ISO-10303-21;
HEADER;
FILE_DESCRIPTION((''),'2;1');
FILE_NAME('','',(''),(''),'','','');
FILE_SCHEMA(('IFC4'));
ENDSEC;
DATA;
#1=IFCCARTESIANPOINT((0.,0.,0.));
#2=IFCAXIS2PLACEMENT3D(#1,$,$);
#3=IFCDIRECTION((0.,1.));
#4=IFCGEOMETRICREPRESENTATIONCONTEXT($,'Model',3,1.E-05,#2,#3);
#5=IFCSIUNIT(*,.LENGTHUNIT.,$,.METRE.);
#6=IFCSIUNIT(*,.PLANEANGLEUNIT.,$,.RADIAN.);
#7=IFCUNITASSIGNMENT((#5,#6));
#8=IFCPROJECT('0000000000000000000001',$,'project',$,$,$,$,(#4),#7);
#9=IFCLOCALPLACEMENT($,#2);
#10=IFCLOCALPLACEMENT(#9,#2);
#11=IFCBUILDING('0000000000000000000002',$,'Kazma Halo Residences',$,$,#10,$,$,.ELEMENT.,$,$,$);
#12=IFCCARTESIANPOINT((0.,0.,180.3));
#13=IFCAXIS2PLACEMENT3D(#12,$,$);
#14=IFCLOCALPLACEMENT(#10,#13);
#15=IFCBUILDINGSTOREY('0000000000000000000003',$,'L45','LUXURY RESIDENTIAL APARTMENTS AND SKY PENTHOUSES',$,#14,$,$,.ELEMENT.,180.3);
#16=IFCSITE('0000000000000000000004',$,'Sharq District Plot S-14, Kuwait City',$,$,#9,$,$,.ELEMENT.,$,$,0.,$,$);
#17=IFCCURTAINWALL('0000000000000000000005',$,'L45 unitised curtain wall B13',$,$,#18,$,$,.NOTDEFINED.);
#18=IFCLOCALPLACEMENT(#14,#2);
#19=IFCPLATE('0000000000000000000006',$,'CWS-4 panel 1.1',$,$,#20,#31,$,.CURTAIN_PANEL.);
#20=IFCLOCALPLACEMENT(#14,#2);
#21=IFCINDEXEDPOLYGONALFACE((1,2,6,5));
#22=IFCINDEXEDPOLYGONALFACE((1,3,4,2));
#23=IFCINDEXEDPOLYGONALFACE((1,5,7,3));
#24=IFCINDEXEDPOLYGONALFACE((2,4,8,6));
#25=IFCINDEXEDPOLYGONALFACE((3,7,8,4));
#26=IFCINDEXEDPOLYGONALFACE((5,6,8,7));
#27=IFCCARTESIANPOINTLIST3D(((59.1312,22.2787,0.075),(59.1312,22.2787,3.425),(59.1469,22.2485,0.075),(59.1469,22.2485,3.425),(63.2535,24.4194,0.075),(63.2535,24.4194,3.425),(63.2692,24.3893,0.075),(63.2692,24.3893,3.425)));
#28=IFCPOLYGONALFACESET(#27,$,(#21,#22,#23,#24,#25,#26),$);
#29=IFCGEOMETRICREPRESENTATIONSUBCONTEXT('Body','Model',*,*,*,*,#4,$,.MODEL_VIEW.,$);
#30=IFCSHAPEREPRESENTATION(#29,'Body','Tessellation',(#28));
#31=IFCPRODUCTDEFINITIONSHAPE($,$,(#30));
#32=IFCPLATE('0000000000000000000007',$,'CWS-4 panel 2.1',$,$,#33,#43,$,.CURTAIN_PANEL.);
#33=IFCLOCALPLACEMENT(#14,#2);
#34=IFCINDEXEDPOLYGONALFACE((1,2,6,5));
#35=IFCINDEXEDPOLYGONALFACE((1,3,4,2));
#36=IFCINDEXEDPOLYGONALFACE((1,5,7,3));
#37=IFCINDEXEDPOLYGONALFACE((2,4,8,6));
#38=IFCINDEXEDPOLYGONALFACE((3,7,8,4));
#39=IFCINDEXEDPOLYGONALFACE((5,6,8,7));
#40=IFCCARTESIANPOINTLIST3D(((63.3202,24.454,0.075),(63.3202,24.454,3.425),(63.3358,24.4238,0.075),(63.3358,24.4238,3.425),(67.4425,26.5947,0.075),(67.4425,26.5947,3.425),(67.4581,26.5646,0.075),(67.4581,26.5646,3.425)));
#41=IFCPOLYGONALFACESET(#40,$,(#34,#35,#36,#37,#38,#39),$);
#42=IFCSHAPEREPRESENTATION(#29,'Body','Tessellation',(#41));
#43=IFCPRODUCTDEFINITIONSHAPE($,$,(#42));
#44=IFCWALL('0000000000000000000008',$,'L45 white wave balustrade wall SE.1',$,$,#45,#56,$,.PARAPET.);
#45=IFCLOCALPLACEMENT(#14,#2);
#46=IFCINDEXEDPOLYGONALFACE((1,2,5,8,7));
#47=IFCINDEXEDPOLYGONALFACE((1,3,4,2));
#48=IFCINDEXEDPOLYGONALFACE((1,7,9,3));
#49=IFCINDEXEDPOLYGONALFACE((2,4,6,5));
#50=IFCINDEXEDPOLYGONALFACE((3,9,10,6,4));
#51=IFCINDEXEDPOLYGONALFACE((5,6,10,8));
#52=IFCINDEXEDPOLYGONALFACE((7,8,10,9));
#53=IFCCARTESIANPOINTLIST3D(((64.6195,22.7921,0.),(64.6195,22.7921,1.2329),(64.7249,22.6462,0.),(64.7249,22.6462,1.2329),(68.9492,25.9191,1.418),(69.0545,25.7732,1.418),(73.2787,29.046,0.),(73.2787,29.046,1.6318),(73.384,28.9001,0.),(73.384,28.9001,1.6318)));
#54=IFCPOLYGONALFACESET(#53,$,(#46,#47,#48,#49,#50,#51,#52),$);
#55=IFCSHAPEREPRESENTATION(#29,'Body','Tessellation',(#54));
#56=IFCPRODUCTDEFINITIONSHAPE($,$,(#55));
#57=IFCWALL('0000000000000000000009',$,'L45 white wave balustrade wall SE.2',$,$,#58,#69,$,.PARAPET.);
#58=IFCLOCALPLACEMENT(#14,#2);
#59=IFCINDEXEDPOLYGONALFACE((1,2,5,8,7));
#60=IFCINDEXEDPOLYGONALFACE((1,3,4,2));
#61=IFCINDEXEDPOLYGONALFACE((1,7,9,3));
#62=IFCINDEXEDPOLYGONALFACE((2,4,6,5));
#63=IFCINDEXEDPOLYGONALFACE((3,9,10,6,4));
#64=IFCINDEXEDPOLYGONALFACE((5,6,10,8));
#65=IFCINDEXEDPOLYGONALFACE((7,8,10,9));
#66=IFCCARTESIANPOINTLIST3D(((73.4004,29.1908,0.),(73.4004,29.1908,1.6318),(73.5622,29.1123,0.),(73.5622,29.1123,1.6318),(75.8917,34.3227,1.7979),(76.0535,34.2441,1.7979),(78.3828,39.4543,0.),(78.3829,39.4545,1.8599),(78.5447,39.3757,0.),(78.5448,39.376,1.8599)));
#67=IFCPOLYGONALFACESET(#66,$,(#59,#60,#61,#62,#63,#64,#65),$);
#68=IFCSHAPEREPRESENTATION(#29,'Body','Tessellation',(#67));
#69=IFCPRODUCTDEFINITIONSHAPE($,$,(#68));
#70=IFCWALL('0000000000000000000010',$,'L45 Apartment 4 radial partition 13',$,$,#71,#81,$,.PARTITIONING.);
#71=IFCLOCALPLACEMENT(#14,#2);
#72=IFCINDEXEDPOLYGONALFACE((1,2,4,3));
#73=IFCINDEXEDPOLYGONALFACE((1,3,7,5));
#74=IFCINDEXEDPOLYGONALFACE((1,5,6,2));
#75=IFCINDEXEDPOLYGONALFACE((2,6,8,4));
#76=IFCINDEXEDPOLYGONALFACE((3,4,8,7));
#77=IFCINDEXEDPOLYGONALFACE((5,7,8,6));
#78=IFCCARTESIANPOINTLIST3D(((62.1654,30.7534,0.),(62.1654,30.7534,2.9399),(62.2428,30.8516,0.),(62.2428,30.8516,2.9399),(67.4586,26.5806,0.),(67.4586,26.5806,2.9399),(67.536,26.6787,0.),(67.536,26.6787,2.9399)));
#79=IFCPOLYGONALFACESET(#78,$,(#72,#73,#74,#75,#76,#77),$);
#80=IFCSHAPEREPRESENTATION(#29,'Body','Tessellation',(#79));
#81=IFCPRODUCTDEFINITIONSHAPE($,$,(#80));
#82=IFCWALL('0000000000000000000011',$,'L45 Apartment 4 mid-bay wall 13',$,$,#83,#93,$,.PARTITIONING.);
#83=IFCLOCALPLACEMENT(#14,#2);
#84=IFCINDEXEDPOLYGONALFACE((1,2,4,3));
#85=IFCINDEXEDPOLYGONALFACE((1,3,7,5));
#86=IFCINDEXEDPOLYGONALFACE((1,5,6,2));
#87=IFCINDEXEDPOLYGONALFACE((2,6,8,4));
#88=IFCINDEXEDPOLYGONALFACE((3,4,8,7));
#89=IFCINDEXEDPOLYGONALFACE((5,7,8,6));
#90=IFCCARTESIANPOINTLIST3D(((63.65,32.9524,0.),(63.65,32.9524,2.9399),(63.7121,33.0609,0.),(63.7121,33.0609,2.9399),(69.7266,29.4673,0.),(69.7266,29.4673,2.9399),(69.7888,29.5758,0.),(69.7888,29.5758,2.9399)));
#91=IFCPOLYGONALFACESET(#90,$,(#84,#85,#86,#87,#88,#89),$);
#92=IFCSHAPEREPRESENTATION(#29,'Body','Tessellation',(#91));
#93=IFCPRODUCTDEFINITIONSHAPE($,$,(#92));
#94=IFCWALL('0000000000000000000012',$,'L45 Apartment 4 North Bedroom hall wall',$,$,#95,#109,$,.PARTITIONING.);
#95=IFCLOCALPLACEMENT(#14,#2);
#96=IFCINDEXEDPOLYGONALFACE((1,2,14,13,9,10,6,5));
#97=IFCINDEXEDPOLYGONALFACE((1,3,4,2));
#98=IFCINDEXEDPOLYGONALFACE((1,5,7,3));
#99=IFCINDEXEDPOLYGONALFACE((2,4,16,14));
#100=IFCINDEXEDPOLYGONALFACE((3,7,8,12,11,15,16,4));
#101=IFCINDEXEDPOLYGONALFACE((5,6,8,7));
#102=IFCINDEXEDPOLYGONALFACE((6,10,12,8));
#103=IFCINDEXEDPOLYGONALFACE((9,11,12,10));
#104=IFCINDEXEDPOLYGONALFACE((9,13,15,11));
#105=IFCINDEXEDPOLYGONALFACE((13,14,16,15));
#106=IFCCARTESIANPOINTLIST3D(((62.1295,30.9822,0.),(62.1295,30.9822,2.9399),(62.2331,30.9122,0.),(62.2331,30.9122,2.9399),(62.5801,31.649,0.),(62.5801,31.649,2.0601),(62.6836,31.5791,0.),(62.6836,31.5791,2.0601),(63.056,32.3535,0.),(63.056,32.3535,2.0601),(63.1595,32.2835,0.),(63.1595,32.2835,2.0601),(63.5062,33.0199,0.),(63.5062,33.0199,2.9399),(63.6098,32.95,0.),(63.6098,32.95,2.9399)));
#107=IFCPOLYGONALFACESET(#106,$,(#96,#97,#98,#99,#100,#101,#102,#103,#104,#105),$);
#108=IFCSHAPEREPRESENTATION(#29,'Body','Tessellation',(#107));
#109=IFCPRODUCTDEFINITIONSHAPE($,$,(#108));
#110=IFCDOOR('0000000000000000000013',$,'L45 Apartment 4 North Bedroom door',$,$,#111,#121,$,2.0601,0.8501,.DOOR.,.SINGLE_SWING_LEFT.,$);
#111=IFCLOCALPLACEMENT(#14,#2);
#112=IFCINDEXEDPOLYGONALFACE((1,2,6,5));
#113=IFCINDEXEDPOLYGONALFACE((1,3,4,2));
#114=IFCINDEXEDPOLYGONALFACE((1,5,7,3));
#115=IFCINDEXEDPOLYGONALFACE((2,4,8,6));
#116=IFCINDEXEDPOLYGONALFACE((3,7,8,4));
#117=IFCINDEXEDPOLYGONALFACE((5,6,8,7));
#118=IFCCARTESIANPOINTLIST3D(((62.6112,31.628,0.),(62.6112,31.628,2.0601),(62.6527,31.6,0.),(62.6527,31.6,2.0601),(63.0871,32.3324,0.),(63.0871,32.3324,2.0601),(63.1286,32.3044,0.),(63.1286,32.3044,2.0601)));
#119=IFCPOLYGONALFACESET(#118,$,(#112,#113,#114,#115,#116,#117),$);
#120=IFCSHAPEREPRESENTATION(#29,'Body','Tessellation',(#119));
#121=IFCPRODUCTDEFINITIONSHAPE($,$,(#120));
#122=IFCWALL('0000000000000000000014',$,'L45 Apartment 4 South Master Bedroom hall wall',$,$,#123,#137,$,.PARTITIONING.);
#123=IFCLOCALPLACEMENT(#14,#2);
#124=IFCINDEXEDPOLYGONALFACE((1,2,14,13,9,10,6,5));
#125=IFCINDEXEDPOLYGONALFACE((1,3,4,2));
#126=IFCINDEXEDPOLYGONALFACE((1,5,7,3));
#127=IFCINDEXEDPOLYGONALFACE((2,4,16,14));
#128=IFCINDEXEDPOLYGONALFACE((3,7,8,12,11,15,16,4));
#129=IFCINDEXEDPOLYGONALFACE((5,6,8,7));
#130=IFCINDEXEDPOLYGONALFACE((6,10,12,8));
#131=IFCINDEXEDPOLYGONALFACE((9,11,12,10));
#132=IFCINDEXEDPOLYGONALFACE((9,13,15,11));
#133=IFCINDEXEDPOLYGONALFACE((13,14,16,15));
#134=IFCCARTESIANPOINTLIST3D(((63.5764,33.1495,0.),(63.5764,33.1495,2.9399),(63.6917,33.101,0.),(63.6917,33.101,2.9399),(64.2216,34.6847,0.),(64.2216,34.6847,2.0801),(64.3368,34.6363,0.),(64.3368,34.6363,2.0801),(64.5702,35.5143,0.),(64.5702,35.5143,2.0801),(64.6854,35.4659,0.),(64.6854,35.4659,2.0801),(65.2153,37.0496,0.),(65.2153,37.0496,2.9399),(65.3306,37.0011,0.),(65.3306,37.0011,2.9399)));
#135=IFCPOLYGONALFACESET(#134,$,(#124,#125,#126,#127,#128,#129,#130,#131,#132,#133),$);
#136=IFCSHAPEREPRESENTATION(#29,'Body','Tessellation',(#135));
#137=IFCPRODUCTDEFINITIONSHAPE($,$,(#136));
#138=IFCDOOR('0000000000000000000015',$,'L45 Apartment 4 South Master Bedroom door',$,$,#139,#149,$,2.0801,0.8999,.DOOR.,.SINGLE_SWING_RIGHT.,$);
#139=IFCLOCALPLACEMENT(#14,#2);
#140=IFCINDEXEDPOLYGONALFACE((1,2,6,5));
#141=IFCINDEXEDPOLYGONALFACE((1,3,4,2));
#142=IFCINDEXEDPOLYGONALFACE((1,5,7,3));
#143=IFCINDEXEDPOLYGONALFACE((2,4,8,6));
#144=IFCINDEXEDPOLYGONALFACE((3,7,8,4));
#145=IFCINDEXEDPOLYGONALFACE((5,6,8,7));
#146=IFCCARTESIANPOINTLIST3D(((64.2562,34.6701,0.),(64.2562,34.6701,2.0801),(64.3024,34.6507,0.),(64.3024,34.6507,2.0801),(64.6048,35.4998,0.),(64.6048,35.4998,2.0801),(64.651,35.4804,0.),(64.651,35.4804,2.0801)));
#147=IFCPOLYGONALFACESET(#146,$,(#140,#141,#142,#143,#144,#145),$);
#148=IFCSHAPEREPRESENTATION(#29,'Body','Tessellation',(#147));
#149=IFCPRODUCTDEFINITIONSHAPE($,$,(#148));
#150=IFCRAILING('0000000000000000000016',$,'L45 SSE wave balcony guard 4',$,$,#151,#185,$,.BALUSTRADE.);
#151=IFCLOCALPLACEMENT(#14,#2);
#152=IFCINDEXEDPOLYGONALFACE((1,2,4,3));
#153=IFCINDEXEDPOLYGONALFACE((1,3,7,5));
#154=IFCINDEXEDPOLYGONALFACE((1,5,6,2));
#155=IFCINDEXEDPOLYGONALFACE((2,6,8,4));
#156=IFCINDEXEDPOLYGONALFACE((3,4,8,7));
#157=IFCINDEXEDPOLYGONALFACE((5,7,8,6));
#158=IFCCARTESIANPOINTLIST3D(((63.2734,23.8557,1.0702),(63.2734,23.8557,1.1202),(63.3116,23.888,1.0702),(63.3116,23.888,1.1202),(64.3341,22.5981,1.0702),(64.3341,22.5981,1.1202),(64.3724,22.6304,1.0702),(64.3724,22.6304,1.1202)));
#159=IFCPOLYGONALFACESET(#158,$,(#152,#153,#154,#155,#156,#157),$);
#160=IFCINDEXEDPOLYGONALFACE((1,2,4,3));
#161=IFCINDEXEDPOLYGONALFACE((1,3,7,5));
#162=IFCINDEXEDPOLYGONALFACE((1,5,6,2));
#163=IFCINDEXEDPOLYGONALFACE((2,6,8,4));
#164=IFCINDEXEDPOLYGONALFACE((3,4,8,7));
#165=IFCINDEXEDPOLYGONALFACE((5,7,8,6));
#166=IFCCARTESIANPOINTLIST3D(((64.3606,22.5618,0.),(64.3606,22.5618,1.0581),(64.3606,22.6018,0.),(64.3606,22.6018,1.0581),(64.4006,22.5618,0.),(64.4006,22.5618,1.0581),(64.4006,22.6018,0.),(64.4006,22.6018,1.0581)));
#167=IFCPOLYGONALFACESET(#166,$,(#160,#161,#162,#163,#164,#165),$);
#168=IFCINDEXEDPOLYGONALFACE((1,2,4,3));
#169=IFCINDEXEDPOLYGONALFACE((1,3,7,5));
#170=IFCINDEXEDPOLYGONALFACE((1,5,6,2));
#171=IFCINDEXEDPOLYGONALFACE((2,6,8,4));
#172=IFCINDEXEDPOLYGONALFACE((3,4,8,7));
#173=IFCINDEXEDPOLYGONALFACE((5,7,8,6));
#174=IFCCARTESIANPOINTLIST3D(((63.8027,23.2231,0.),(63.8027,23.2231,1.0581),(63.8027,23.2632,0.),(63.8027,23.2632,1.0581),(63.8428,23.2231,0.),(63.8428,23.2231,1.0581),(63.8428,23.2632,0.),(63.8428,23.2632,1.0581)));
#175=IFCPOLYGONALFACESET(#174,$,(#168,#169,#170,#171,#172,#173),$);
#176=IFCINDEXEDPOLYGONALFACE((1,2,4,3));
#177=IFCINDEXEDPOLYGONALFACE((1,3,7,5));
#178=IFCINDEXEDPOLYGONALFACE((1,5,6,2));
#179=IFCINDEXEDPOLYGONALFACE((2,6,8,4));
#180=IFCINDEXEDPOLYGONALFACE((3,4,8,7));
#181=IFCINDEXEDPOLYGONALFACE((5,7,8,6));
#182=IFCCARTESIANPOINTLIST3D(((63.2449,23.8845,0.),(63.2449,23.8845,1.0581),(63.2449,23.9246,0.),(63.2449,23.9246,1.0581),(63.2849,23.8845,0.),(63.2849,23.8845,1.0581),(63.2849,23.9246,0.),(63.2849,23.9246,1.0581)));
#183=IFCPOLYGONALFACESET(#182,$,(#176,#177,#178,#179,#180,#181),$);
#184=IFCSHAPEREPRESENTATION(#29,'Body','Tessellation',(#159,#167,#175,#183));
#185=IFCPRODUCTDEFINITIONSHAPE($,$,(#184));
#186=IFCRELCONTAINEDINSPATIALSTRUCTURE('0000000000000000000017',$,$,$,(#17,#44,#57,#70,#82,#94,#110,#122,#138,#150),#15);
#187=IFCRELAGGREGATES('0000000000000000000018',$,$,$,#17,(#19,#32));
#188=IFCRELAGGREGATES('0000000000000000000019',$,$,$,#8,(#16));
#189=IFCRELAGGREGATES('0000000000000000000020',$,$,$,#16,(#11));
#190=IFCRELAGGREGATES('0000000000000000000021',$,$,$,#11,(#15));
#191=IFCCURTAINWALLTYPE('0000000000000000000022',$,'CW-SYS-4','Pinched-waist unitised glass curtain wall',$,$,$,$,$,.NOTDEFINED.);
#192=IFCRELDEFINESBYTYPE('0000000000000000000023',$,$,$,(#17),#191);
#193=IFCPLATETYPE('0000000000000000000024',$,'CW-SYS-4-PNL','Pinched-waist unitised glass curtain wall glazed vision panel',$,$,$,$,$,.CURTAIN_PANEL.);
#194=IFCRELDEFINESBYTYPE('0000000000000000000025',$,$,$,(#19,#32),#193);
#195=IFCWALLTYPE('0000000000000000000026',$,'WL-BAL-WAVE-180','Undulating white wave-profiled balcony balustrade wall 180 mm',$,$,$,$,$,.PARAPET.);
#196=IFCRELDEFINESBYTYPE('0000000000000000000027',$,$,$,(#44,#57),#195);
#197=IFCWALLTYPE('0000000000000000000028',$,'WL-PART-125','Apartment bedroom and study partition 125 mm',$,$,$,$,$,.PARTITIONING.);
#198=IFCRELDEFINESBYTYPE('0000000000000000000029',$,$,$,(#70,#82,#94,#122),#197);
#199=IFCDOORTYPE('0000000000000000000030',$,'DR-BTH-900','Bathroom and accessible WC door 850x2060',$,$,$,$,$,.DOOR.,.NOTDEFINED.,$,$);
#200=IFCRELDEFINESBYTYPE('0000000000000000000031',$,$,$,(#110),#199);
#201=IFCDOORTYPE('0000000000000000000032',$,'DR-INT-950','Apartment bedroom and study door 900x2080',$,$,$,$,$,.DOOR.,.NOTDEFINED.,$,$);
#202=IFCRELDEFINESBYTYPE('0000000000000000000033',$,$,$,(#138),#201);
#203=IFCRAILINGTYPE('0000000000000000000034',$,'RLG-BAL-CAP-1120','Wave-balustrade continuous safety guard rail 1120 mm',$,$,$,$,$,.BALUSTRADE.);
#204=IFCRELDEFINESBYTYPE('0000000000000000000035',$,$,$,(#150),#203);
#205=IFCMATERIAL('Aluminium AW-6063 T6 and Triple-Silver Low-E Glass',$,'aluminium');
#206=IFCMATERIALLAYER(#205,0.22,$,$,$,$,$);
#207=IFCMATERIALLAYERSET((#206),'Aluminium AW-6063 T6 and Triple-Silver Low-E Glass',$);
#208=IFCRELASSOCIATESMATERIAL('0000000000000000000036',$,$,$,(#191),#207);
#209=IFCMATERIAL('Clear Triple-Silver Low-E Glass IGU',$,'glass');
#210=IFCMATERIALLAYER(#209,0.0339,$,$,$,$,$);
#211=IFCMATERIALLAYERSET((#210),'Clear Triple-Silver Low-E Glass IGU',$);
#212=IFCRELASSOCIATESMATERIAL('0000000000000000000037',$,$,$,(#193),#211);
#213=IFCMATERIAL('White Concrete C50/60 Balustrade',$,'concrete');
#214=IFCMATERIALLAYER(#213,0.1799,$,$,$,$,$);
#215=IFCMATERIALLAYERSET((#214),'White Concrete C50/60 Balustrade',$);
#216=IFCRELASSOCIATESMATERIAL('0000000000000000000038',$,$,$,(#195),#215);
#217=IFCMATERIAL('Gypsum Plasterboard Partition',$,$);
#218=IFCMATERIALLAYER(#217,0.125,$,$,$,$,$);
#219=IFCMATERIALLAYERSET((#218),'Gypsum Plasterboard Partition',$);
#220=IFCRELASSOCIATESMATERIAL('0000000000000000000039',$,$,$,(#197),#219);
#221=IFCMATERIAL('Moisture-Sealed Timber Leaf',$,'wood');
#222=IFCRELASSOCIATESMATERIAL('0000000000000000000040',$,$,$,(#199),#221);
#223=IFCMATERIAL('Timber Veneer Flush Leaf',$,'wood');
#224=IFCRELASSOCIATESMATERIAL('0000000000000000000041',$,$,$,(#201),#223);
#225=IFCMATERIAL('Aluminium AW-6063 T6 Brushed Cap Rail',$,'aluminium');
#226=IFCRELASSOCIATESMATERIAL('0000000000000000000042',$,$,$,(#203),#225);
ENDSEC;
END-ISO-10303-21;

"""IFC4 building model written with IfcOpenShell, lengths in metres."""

from ifc_helpers import new_model, si_unit, direction, frame, frame_2d, origin, origin_2d, place, context, subcontext, project, spatial, polyline, rectangle, outline, extrude, material, layer, layer_set, type_object, element, fill, aggregate, save


model = new_model("IFC4")

# Units and contexts
model_context = context("Model", 3, precision=1e-05, world=origin(), true_north=direction((0.0, 1.0)))
body_context = subcontext(model_context, "Body", "Model", "MODEL_VIEW")
ifc_project = project(units=[si_unit("LENGTHUNIT", "METRE"), si_unit("PLANEANGLEUNIT", "RADIAN")], contexts=[model_context])

# Site, building, storey
site_placement = place(None, origin())
site = spatial("IfcSite", under=ifc_project, at=site_placement, Name="Sharq District Plot S-14, Kuwait City", CompositionType="ELEMENT", RefElevation=0.0)
building_placement = place(site_placement, origin())
building = spatial("IfcBuilding", under=site, at=building_placement, Name="Kazma Halo Residences", CompositionType="ELEMENT")
storey_placement = place(building_placement, frame((0.0, 0.0, 180.3)))
storey = spatial("IfcBuildingStorey", under=building, at=storey_placement, Name="L45", Description="LUXURY RESIDENTIAL APARTMENTS AND SKY PENTHOUSES", CompositionType="ELEMENT", Elevation=180.3)

# Curtain wall, plates
ifc_material_1 = material(Name="Aluminium AW-6063 T6 and Triple-Silver Low-E Glass", Category="aluminium")
ifc_layer_1 = layer(ifc_material_1, 0.22)
ifc_layer_set_1 = layer_set([ifc_layer_1], Name="Aluminium AW-6063 T6 and Triple-Silver Low-E Glass")
curtain_wall_type = type_object("IfcCurtainWallType", Name="CW-SYS-4", Description="Pinched-waist unitised glass curtain wall", PredefinedType="NOTDEFINED", material=ifc_layer_set_1)
curtain_wall_placement = place(storey_placement, origin())
curtain_wall = element("IfcCurtainWall", 1, at=curtain_wall_placement, inside=storey, type_object=curtain_wall_type, Name="L45 unitised curtain wall B13", PredefinedType="NOTDEFINED")
ifc_material_2 = material(Name="Clear Triple-Silver Low-E Glass IGU", Category="glass")
ifc_layer_2 = layer(ifc_material_2, 0.0339)
ifc_layer_set_2 = layer_set([ifc_layer_2], Name="Clear Triple-Silver Low-E Glass IGU")
plate_type = type_object("IfcPlateType", Name="CW-SYS-4-PNL", Description="Pinched-waist unitised glass curtain wall glazed vision panel", PredefinedType="CURTAIN_PANEL", material=ifc_layer_set_2)
plate_1_placement = place(storey_placement, frame((61.2002, 23.334, 0.075), z_axis=(0.0, 0.0, 1.0), x_axis=(0.887466, 0.460874, 0.0)))
plate_1 = element("IfcPlate", 2, at=plate_1_placement, type_object=plate_type, Name="CWS-4 panel 1.1", PredefinedType="CURTAIN_PANEL", context=body_context, shape_type="SweptSolid", body=[
    extrude(rectangle(XDim=4.645, YDim=0.0339, at=origin_2d()), origin(), (0.0, 0.0, 1.0), 3.3501),
])
plate_2_placement = place(storey_placement, frame((65.3892, 25.5093, 0.075), z_axis=(0.0, 0.0, 1.0), x_axis=(0.887466, 0.460874, 0.0)))
plate_2 = element("IfcPlate", 3, at=plate_2_placement, type_object=plate_type, Name="CWS-4 panel 2.1", PredefinedType="CURTAIN_PANEL", context=body_context, shape_type="SweptSolid", body=[
    extrude(rectangle(XDim=4.645, YDim=0.0339, at=origin_2d()), origin(), (0.0, 0.0, 1.0), 3.3501),
])
aggregate(curtain_wall, [plate_1, plate_2])

# Walls
ifc_material_3 = material(Name="White Concrete C50/60 Balustrade", Category="concrete")
ifc_layer_3 = layer(ifc_material_3, 0.1799)
ifc_layer_set_3 = layer_set([ifc_layer_3], Name="White Concrete C50/60 Balustrade")
wall_type_1 = type_object("IfcWallType", Name="WL-BAL-WAVE-180", Description="Undulating white wave-profiled balcony balustrade wall 180 mm", PredefinedType="PARAPET", material=ifc_layer_set_3)
wall_1_placement = place(storey_placement, frame((64.6721, 22.7192, 0.0), z_axis=(0.0, 0.0, 1.0), x_axis=(0.810677, 0.585494, 0.0)))
element("IfcWall", 4, at=wall_1_placement, inside=storey, type_object=wall_type_1, Name="L45 white wave balustrade wall SE.1", PredefinedType="PARAPET", context=body_context, shape_type="SweptSolid", body=[
    extrude(outline(polyline([(0.0, 0.0), (10.6814, 0.0), (10.6814, 1.6318), (5.3408, 1.418), (0.0, 1.2329), (0.0, 0.0)])), frame((0.0, 0.0898, 0.0), z_axis=(0.0, -1.0, 0.0), x_axis=(1.0, 0.0, 0.0)), (0.0, 0.0, 1.0), 0.1799),
])
wall_2_placement = place(storey_placement, frame((73.4812, 29.1516, 0.0), z_axis=(0.0, 0.0, 1.0), x_axis=(0.436714, 0.8996, 0.0)))
element("IfcWall", 5, at=wall_2_placement, inside=storey, type_object=wall_type_1, Name="L45 white wave balustrade wall SE.2", PredefinedType="PARAPET", context=body_context, shape_type="SweptSolid", body=[
    extrude(outline(polyline([(0.0, 0.0), (11.4089, 0.0), (11.4092, 1.8599), (5.7046, 1.7979), (0.0, 1.6318), (0.0, 0.0)])), frame((0.0, 0.0898, 0.0), z_axis=(0.0, -1.0, 0.0), x_axis=(1.0, 0.0, 0.0)), (0.0, 0.0, 1.0), 0.1799),
])

# Walls
ifc_material_4 = material(Name="Gypsum Plasterboard Partition")
ifc_layer_4 = layer(ifc_material_4, 0.125)
ifc_layer_set_4 = layer_set([ifc_layer_4], Name="Gypsum Plasterboard Partition")
wall_type_2 = type_object("IfcWallType", Name="WL-PART-125", Description="Apartment bedroom and study partition 125 mm", PredefinedType="PARTITIONING", material=ifc_layer_set_4)
wall_3_placement = place(storey_placement, frame((62.2041, 30.8025, 0.0), z_axis=(0.0, 0.0, 1.0), x_axis=(0.785316, -0.619096, 0.0)))
element("IfcWall", 6, at=wall_3_placement, inside=storey, type_object=wall_type_2, Name="L45 Apartment 4 radial partition 13", PredefinedType="PARTITIONING", context=body_context, shape_type="SweptSolid", body=[
    extrude(rectangle(XDim=6.7402, YDim=0.125, at=frame_2d((3.3701, 0.0))), origin(), (0.0, 0.0, 1.0), 2.9399),
])
wall_4_placement = place(storey_placement, frame((63.6812, 33.0066, 0.0), z_axis=(0.0, 0.0, 1.0), x_axis=(0.867459, -0.497508, 0.0)))
element("IfcWall", 7, at=wall_4_placement, inside=storey, type_object=wall_type_2, Name="L45 Apartment 4 mid-bay wall 13", PredefinedType="PARTITIONING", context=body_context, shape_type="SweptSolid", body=[
    extrude(rectangle(XDim=7.0051, YDim=0.125, at=frame_2d((3.5024, 0.0))), origin(), (0.0, 0.0, 1.0), 2.9399),
])

# Walls, openings, doors
wall_5_placement = place(storey_placement, frame((62.1814, 30.9473, 0.0), z_axis=(0.0, 0.0, 1.0), x_axis=(0.559798, 0.828629, 0.0)))
wall_5 = element("IfcWall", 8, at=wall_5_placement, inside=storey, type_object=wall_type_2, Name="L45 Apartment 4 North Bedroom hall wall", PredefinedType="PARTITIONING", context=body_context, shape_type="SweptSolid", body=[
    extrude(rectangle(XDim=2.4592, YDim=0.125, at=frame_2d((1.2295, 0.0))), origin(), (0.0, 0.0, 1.0), 2.9399),
])
opening_1_placement = place(wall_5_placement, frame((0.8047, 0.0, 0.0)))
opening_1 = element("IfcOpeningElement", 9, at=opening_1_placement, cuts=wall_5, PredefinedType="OPENING", context=body_context, shape_type="SweptSolid", body=[
    extrude(rectangle(XDim=0.8501, YDim=2.0601, at=frame_2d((0.425, 1.03))), frame((0.0, 0.0725, 0.0), z_axis=(0.0, -1.0, 0.0), x_axis=(1.0, 0.0, 0.0)), (0.0, 0.0, 1.0), 0.145),
])
ifc_material_5 = material(Name="Moisture-Sealed Timber Leaf", Category="wood")
door_type_1 = type_object("IfcDoorType", Name="DR-BTH-900", Description="Bathroom and accessible WC door 850x2060", OperationType="NOTDEFINED", PredefinedType="DOOR", material=ifc_material_5)
door_1_placement = place(opening_1_placement, origin())
door_1 = element("IfcDoor", 10, at=door_1_placement, inside=storey, type_object=door_type_1, Name="L45 Apartment 4 North Bedroom door", OperationType="SINGLE_SWING_LEFT", OverallHeight=2.0601, OverallWidth=0.8501, PredefinedType="DOOR", context=body_context, shape_type="SweptSolid", body=[
    extrude(rectangle(XDim=0.8501, YDim=2.0601, at=frame_2d((0.425, 1.03))), frame((0.0, 0.0249, 0.0), z_axis=(0.0, -1.0, 0.0), x_axis=(1.0, 0.0, 0.0)), (0.0, 0.0, 1.0), 0.05),
])
fill(opening_1, door_1)
wall_6_placement = place(storey_placement, frame((63.634, 33.1252, 0.0), z_axis=(0.0, 0.0, 1.0), x_axis=(0.387404, 0.92191, 0.0)))
wall_6 = element("IfcWall", 11, at=wall_6_placement, inside=storey, type_object=wall_type_2, Name="L45 Apartment 4 South Master Bedroom hall wall", PredefinedType="PARTITIONING", context=body_context, shape_type="SweptSolid", body=[
    extrude(rectangle(XDim=4.2305, YDim=0.125, at=frame_2d((2.1152, 0.0))), origin(), (0.0, 0.0, 1.0), 2.9399),
])
opening_2_placement = place(wall_6_placement, frame((1.6653, 0.0, 0.0)))
opening_2 = element("IfcOpeningElement", 12, at=opening_2_placement, cuts=wall_6, PredefinedType="OPENING", context=body_context, shape_type="SweptSolid", body=[
    extrude(rectangle(XDim=0.8999, YDim=2.0801, at=frame_2d((0.45, 1.04))), frame((0.0, 0.0725, 0.0), z_axis=(0.0, -1.0, 0.0), x_axis=(1.0, 0.0, 0.0)), (0.0, 0.0, 1.0), 0.145),
])
ifc_material_6 = material(Name="Timber Veneer Flush Leaf", Category="wood")
door_type_2 = type_object("IfcDoorType", Name="DR-INT-950", Description="Apartment bedroom and study door 900x2080", OperationType="NOTDEFINED", PredefinedType="DOOR", material=ifc_material_6)
door_2_placement = place(opening_2_placement, origin())
door_2 = element("IfcDoor", 13, at=door_2_placement, inside=storey, type_object=door_type_2, Name="L45 Apartment 4 South Master Bedroom door", OperationType="SINGLE_SWING_RIGHT", OverallHeight=2.0801, OverallWidth=0.8999, PredefinedType="DOOR", context=body_context, shape_type="SweptSolid", body=[
    extrude(rectangle(XDim=0.8999, YDim=2.0801, at=frame_2d((0.45, 1.04))), frame((0.0, 0.0249, 0.0), z_axis=(0.0, -1.0, 0.0), x_axis=(1.0, 0.0, 0.0)), (0.0, 0.0, 1.0), 0.05),
])
fill(opening_2, door_2)

# Railing
ifc_material_7 = material(Name="Aluminium AW-6063 T6 Brushed Cap Rail", Category="aluminium")
railing_type = type_object("IfcRailingType", Name="RLG-BAL-CAP-1120", Description="Wave-balustrade continuous safety guard rail 1120 mm", PredefinedType="BALUSTRADE", material=ifc_material_7)
railing_1_placement = place(storey_placement, frame((64.3806, 22.5818, 0.0)))
element("IfcRailing", 14, at=railing_1_placement, inside=storey, type_object=railing_type, Name="L45 SSE wave balcony guard 4", PredefinedType="BALUSTRADE", context=body_context, shape_type="SweptSolid", body=[
    extrude(rectangle(XDim=0.05, YDim=0.05, at=origin_2d()), frame((-0.0273, 0.0325, 1.0952), z_axis=(-0.644752, 0.764391, 0.0), x_axis=(-0.764391, -0.644752, 0.0)), (0.0, 0.0, 1.0), 1.6453),
    extrude(rectangle(XDim=0.04, YDim=0.04, at=origin_2d()), origin(), (0.0, 0.0, 1.0), 1.0581),
    extrude(rectangle(XDim=0.04, YDim=0.04, at=origin_2d()), frame((-0.5579, 0.6614, 0.0)), (0.0, 0.0, 1.0), 1.0581),
    extrude(rectangle(XDim=0.04, YDim=0.04, at=origin_2d()), frame((-1.1157, 1.3228, 0.0)), (0.0, 0.0, 1.0), 1.0581),
])

save(model, "model.ifc")
